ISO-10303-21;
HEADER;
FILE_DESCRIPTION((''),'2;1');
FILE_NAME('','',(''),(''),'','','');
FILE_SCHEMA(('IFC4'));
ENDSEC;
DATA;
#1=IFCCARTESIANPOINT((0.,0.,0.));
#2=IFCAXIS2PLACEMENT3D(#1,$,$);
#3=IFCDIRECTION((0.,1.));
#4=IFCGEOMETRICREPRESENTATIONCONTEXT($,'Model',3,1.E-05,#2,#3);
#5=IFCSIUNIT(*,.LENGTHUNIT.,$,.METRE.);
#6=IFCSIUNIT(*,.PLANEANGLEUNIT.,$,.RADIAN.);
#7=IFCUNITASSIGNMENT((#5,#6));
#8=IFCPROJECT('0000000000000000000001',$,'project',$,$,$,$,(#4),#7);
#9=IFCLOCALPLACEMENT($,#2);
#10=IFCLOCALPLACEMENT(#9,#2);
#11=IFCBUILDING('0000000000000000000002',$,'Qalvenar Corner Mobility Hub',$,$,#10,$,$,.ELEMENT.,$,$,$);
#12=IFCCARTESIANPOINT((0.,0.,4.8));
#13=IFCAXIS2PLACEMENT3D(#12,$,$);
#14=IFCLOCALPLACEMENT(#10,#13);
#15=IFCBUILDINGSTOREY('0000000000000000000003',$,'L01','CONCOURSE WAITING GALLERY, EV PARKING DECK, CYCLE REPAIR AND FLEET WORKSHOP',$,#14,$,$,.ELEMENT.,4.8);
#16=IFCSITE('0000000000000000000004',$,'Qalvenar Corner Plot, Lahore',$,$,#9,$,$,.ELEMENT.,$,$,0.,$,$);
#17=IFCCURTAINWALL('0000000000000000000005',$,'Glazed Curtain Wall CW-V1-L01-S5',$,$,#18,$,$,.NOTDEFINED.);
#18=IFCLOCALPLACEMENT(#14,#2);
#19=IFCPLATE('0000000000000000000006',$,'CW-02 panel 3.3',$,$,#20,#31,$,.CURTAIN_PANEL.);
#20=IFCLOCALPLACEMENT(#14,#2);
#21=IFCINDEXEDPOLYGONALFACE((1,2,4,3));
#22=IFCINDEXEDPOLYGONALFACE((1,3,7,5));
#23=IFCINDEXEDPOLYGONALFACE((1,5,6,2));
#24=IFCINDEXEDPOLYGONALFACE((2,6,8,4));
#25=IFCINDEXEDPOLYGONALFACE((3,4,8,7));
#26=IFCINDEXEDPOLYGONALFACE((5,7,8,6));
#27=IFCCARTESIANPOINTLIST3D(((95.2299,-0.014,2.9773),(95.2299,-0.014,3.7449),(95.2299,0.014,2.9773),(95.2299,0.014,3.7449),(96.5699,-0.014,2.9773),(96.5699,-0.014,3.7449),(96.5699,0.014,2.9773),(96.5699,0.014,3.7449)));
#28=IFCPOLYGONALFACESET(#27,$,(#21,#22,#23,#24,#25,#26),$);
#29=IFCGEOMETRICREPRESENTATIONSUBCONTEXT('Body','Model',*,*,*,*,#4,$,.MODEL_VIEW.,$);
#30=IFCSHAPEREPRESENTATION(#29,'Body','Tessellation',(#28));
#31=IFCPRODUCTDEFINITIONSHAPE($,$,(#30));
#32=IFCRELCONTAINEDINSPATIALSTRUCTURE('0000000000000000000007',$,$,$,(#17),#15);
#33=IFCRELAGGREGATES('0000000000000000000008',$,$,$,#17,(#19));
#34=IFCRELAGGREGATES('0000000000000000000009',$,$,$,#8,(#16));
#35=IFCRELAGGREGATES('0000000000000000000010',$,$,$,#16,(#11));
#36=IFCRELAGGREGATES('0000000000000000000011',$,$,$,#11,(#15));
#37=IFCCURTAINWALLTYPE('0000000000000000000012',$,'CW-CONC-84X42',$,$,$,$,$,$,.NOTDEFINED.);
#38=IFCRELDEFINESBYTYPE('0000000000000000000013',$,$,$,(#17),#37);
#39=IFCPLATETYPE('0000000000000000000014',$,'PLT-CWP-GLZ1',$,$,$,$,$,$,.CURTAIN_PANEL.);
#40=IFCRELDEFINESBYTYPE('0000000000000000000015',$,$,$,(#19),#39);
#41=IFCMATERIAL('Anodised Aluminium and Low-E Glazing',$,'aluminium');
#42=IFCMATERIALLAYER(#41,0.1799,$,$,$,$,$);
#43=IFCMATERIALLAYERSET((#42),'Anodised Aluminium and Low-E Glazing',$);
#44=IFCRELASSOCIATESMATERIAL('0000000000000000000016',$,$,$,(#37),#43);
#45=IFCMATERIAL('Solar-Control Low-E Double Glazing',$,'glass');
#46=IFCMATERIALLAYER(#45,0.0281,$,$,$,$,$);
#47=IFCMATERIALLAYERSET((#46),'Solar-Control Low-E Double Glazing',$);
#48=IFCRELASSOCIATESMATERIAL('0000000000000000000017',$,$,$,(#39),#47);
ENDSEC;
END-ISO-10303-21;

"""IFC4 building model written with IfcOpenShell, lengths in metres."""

from ifc_helpers import new_model, si_unit, direction, frame, origin, origin_2d, place, context, subcontext, project, spatial, rectangle, extrude, material, layer, layer_set, type_object, element, aggregate, save


model = new_model("IFC4")

# Units and contexts
model_context = context("Model", 3, precision=1e-05, world=origin(), true_north=direction((0.0, 1.0)))
body_context = subcontext(model_context, "Body", "Model", "MODEL_VIEW")
ifc_project = project(units=[si_unit("LENGTHUNIT", "METRE"), si_unit("PLANEANGLEUNIT", "RADIAN")], contexts=[model_context])

# Site, building, storey
site_placement = place(None, origin())
site = spatial("IfcSite", under=ifc_project, at=site_placement, Name="Qalvenar Corner Plot, Lahore", CompositionType="ELEMENT", RefElevation=0.0)
building_placement = place(site_placement, origin())
building = spatial("IfcBuilding", under=site, at=building_placement, Name="Qalvenar Corner Mobility Hub", CompositionType="ELEMENT")
storey_placement = place(building_placement, frame((0.0, 0.0, 4.8)))
storey = spatial("IfcBuildingStorey", under=building, at=storey_placement, Name="L01", Description="CONCOURSE WAITING GALLERY, EV PARKING DECK, CYCLE REPAIR AND FLEET WORKSHOP", CompositionType="ELEMENT", Elevation=4.8)

# Shared definitions
ifc_material_1 = material(Name="Anodised Aluminium and Low-E Glazing", Category="aluminium")
ifc_layer_1 = layer(ifc_material_1, 0.1799)
ifc_layer_set_1 = layer_set([ifc_layer_1], Name="Anodised Aluminium and Low-E Glazing")
curtain_wall_type = type_object("IfcCurtainWallType", Name="CW-CONC-84X42", PredefinedType="NOTDEFINED", material=ifc_layer_set_1)

# Curtain wall
curtain_wall_1_placement = place(storey_placement, origin())
curtain_wall_1 = element("IfcCurtainWall", 1, at=curtain_wall_1_placement, inside=storey, type_object=curtain_wall_type, Name="Glazed Curtain Wall CW-V1-L01-S5", PredefinedType="NOTDEFINED")

# Plate
ifc_material_2 = material(Name="Solar-Control Low-E Double Glazing", Category="glass")
ifc_layer_2 = layer(ifc_material_2, 0.0281)
ifc_layer_set_2 = layer_set([ifc_layer_2], Name="Solar-Control Low-E Double Glazing")
plate_type = type_object("IfcPlateType", Name="PLT-CWP-GLZ1", PredefinedType="CURTAIN_PANEL", material=ifc_layer_set_2)
plate_1_placement = place(storey_placement, frame((95.8999, 0.0, 2.9773), z_axis=(0.0, 0.0, 1.0), x_axis=(1.0, 0.0, 0.0)))
plate_1 = element("IfcPlate", 2, at=plate_1_placement, type_object=plate_type, Name="CW-02 panel 3.3", PredefinedType="CURTAIN_PANEL", context=body_context, shape_type="SweptSolid", body=[
    extrude(rectangle(XDim=1.3401, YDim=0.0281, at=origin_2d()), origin(), (0.0, 0.0, 1.0), 0.7676),
])
aggregate(curtain_wall_1, [plate_1])

save(model, "model.ifc")
